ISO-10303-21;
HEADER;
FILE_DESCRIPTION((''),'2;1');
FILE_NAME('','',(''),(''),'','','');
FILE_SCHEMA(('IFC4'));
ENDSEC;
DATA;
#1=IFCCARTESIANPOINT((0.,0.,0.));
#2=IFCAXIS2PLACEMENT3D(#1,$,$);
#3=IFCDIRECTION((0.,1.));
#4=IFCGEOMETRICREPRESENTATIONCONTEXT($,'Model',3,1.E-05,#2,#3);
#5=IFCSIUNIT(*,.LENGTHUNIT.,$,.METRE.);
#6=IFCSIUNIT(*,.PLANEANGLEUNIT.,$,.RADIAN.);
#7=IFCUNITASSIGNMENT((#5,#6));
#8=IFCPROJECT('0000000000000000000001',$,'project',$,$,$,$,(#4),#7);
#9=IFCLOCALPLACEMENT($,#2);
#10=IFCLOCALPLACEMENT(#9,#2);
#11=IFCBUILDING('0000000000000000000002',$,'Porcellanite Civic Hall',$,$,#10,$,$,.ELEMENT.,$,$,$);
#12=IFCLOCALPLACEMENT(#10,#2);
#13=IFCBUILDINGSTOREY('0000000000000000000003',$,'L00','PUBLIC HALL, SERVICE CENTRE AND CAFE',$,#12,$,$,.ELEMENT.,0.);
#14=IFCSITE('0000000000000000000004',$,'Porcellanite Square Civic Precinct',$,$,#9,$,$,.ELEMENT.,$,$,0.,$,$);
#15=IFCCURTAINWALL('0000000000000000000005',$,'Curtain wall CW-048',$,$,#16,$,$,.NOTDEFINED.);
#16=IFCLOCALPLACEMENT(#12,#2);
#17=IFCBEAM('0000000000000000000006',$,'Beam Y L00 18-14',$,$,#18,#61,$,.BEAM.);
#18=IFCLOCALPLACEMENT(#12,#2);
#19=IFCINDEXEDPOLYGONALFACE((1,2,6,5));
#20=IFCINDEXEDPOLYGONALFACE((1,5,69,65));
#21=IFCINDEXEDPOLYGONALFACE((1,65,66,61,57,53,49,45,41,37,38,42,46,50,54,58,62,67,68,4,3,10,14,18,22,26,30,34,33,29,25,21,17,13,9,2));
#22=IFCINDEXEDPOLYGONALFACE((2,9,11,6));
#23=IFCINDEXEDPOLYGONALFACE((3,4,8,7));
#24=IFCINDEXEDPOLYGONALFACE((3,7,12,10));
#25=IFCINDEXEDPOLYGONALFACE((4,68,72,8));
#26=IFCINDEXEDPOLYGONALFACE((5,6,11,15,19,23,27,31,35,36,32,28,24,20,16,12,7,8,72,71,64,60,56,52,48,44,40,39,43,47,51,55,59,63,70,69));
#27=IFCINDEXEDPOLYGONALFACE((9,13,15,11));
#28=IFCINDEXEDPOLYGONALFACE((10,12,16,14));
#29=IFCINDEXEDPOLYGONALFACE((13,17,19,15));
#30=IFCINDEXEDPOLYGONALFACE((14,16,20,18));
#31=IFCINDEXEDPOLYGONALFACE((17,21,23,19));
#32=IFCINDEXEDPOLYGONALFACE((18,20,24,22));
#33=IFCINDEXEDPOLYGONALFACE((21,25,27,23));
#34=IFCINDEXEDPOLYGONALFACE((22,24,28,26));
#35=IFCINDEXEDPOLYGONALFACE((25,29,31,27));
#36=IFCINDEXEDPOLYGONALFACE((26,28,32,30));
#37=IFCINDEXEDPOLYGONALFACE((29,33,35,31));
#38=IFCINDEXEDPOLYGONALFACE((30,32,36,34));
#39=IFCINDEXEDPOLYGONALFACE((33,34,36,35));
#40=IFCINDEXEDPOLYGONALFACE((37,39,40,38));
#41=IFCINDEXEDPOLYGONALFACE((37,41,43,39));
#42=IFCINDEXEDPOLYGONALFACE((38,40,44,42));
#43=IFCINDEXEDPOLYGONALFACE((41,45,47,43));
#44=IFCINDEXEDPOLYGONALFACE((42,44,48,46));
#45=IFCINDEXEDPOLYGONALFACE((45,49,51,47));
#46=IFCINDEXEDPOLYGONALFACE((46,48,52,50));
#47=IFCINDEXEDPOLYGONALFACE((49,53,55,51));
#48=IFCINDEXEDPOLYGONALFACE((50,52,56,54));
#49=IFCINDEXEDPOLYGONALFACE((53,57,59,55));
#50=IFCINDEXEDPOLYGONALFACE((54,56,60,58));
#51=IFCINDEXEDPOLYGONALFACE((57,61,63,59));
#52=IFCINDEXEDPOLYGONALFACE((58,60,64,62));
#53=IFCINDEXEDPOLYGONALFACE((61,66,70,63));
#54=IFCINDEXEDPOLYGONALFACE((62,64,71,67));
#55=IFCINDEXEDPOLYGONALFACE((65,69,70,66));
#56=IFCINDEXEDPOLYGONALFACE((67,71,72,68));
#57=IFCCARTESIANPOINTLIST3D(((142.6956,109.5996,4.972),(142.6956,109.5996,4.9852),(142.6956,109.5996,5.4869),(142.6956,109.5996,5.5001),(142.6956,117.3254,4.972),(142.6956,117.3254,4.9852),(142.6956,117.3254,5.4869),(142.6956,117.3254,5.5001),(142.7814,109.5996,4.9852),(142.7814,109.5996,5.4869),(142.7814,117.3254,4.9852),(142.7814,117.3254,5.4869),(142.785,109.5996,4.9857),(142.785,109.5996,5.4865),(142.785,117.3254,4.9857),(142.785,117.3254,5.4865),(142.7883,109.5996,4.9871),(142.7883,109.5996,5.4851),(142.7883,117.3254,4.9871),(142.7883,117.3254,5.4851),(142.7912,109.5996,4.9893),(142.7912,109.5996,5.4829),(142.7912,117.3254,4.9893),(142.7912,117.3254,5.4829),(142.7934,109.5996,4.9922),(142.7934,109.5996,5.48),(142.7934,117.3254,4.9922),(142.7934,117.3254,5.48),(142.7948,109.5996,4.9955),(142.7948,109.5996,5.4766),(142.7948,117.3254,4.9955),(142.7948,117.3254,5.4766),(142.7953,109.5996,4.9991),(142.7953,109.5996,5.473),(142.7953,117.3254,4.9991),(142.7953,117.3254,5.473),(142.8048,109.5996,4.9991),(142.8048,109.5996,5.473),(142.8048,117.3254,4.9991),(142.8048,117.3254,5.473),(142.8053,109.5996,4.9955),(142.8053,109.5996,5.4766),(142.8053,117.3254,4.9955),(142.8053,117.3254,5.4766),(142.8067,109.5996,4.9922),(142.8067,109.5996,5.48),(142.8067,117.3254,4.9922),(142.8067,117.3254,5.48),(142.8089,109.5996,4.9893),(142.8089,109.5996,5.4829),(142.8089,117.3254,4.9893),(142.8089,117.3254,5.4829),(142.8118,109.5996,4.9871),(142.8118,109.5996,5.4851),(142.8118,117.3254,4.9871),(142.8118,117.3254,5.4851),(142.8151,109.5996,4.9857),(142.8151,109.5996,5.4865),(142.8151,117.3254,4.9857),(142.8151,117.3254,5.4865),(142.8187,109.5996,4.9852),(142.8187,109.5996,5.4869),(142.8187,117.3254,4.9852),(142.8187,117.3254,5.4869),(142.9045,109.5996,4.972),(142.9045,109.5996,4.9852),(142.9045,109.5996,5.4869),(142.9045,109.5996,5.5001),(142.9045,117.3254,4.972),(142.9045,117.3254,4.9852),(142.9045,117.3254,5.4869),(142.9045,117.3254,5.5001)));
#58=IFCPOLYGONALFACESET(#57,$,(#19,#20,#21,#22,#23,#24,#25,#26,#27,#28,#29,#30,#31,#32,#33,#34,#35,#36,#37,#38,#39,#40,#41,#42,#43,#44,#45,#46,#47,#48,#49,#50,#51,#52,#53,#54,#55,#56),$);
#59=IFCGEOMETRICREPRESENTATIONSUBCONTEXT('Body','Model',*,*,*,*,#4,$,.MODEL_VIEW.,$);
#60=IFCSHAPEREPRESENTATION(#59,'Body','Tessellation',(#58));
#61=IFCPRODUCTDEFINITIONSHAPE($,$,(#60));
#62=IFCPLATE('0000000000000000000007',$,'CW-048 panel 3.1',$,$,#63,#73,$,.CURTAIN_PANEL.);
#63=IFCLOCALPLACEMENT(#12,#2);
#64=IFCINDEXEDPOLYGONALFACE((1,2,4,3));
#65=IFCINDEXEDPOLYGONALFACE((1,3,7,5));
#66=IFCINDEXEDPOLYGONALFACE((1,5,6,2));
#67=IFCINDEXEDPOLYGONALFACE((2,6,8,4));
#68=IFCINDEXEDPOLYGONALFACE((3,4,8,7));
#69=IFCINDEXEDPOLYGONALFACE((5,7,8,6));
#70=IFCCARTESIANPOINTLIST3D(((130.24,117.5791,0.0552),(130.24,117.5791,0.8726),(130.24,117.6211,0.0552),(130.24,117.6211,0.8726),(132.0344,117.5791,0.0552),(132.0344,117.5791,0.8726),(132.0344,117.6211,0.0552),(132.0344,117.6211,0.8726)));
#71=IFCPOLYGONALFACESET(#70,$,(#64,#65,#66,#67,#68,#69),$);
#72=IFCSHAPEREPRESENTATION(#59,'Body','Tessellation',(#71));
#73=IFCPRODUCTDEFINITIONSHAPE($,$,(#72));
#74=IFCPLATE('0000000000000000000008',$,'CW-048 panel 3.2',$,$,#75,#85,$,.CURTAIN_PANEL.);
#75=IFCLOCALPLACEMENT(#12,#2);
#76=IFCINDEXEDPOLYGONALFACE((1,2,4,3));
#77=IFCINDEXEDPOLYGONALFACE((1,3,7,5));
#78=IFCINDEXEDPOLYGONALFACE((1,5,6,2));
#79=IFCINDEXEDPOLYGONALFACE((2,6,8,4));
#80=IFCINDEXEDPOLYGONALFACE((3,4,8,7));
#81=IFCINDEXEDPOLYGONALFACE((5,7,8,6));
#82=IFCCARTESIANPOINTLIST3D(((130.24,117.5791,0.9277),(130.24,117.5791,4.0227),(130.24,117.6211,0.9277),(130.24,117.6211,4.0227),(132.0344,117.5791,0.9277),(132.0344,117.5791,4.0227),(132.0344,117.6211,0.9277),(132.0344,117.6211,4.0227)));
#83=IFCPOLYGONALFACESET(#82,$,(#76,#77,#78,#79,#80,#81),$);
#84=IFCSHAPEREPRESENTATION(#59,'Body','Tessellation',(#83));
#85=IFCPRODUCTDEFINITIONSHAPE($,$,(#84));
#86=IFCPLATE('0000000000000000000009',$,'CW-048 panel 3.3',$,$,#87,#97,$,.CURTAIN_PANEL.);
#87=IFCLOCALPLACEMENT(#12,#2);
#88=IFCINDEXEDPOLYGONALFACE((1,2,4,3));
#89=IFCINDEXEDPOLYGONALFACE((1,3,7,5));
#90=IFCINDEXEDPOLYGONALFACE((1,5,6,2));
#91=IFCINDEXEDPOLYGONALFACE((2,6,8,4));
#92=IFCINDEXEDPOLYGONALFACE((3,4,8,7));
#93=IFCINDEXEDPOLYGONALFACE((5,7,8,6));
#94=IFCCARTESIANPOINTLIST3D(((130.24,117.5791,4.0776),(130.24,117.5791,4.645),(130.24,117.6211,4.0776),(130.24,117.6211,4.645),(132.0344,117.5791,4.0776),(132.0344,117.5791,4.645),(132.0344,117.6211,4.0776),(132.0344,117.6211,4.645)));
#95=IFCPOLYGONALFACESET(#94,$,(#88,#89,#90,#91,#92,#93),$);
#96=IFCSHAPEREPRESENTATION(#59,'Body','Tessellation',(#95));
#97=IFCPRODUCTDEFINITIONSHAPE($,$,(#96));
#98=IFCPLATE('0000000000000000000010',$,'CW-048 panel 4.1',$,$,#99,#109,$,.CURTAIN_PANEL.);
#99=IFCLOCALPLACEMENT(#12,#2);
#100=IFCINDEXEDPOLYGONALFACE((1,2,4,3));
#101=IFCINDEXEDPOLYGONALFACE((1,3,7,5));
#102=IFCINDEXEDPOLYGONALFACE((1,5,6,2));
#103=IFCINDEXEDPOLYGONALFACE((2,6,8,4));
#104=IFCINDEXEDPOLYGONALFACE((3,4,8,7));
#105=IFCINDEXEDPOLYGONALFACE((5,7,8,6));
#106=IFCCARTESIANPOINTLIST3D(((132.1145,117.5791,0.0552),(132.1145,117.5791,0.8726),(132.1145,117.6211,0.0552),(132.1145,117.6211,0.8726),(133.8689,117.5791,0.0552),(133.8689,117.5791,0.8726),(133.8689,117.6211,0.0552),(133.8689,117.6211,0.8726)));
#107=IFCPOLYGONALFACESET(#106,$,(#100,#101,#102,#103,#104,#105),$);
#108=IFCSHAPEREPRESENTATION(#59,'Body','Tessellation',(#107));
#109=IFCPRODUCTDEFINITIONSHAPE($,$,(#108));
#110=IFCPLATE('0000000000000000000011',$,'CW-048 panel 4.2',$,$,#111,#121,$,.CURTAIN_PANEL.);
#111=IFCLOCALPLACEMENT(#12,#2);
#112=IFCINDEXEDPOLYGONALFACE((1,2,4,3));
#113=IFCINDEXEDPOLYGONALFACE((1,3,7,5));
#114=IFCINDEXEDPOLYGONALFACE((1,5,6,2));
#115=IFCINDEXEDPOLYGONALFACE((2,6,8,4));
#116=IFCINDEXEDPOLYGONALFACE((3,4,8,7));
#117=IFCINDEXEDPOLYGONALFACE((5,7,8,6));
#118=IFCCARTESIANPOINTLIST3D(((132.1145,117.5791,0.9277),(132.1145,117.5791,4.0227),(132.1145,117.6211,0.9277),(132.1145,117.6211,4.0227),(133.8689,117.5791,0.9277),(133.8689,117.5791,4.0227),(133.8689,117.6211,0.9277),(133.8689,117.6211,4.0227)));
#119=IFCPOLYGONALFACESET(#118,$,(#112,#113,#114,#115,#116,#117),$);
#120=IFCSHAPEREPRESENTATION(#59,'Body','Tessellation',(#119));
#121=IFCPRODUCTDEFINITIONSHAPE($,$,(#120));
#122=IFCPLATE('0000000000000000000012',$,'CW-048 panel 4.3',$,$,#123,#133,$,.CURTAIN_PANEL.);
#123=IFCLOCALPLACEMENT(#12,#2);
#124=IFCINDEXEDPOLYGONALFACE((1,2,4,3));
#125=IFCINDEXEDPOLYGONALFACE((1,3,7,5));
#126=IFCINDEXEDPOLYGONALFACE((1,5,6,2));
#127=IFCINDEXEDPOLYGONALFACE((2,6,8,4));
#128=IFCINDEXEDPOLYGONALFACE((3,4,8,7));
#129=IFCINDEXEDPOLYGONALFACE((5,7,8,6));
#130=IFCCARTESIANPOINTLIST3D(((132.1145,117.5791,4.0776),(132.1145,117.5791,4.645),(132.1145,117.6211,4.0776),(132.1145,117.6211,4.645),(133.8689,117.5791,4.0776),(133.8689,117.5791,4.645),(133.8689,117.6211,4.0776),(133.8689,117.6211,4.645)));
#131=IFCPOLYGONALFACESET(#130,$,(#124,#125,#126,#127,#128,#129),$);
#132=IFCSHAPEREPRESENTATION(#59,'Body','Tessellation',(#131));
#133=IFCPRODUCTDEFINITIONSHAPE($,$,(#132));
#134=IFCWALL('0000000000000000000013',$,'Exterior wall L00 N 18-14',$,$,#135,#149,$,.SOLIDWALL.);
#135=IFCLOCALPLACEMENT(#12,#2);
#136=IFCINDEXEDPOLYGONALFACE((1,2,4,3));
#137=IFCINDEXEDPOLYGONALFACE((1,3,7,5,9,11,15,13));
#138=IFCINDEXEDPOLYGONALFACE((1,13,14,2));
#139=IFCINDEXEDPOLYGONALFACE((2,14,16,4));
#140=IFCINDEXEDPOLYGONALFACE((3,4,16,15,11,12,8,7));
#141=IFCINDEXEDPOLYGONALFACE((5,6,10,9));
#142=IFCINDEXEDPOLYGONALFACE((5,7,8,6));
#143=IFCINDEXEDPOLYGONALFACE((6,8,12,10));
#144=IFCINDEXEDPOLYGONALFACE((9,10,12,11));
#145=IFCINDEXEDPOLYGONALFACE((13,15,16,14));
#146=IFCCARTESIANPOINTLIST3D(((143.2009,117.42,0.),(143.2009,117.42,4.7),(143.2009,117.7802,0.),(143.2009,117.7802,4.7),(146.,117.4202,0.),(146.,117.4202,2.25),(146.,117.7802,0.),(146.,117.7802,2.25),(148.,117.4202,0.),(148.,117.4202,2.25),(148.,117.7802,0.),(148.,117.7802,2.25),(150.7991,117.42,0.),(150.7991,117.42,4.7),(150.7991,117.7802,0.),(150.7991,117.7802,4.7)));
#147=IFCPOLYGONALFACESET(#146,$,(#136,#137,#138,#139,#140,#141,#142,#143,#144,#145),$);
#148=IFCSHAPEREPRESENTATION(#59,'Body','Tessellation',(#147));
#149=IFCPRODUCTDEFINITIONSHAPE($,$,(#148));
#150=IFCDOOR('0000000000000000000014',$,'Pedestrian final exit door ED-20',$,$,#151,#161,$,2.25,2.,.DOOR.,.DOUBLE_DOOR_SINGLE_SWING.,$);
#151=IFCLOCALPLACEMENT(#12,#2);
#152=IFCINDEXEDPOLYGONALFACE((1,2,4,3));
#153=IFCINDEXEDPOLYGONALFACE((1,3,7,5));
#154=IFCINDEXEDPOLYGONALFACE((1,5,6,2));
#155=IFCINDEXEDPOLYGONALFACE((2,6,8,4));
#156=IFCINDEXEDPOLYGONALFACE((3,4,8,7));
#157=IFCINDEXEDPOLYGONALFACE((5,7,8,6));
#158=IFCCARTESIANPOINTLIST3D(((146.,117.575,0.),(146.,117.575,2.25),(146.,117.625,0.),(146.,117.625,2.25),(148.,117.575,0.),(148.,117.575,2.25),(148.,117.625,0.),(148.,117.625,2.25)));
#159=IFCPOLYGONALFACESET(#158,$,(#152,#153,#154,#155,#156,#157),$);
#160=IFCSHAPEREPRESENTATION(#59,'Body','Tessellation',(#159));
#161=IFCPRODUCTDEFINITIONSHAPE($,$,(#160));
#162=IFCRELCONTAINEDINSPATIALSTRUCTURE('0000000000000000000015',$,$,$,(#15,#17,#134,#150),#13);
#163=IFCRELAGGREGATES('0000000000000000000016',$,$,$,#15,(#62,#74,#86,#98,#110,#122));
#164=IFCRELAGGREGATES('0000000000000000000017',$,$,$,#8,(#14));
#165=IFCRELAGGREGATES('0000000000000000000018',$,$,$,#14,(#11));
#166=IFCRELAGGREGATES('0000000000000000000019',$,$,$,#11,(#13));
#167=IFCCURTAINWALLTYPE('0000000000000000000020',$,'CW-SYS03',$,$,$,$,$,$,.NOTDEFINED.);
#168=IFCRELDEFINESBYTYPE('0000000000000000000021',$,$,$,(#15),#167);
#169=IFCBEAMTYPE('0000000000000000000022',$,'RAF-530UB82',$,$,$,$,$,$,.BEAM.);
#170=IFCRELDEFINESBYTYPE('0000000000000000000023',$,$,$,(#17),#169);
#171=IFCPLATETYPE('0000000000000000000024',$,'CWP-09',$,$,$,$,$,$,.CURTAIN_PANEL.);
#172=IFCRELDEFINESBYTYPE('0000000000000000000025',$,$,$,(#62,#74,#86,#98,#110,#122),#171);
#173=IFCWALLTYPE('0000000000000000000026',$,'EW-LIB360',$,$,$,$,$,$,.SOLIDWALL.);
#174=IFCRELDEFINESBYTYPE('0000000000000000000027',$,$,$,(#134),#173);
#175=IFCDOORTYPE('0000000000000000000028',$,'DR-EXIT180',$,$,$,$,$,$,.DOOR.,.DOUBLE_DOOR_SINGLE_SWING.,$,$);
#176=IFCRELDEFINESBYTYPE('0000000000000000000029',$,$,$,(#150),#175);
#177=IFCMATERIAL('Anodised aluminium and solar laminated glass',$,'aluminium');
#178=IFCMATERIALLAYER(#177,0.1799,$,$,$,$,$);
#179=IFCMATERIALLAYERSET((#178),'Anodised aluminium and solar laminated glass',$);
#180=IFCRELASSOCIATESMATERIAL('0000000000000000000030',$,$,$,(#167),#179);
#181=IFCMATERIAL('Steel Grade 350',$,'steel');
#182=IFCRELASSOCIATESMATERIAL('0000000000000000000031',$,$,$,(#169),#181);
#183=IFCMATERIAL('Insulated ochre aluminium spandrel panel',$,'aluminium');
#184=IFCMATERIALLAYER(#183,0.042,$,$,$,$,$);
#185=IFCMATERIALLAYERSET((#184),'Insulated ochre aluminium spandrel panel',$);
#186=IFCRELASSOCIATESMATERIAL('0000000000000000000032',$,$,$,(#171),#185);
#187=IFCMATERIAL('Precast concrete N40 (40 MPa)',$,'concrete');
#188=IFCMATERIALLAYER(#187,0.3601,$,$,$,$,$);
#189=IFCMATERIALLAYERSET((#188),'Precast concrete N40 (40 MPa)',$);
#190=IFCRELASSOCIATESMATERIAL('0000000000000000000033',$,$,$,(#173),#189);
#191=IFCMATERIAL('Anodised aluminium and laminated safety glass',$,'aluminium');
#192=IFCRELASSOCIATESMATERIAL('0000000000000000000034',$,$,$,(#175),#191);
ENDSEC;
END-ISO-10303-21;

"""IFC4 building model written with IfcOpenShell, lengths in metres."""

from ifc_helpers import new_model, si_unit, direction, frame, frame_2d, origin, origin_2d, place, context, subcontext, project, spatial, rectangle, i_section, extrude, material, layer, layer_set, material_profile, profile_set, type_object, element, fill, aggregate, save


model = new_model("IFC4")

# Units and contexts
model_context = context("Model", 3, precision=1e-05, world=origin(), true_north=direction((0.0, 1.0)))
body_context = subcontext(model_context, "Body", "Model", "MODEL_VIEW")
ifc_project = project(units=[si_unit("LENGTHUNIT", "METRE"), si_unit("PLANEANGLEUNIT", "RADIAN")], contexts=[model_context])

# Site, building, storey
site_placement = place(None, origin())
site = spatial("IfcSite", under=ifc_project, at=site_placement, Name="Porcellanite Square Civic Precinct", CompositionType="ELEMENT", RefElevation=0.0)
building_placement = place(site_placement, origin())
building = spatial("IfcBuilding", under=site, at=building_placement, Name="Porcellanite Civic Hall", CompositionType="ELEMENT")
storey_placement = place(building_placement, origin())
storey = spatial("IfcBuildingStorey", under=building, at=storey_placement, Name="L00", Description="PUBLIC HALL, SERVICE CENTRE AND CAFE", CompositionType="ELEMENT", Elevation=0.0)

# Curtain wall
ifc_material_1 = material(Name="Anodised aluminium and solar laminated glass", Category="aluminium")
ifc_layer_1 = layer(ifc_material_1, 0.1799)
ifc_layer_set_1 = layer_set([ifc_layer_1], Name="Anodised aluminium and solar laminated glass")
curtain_wall_type = type_object("IfcCurtainWallType", Name="CW-SYS03", PredefinedType="NOTDEFINED", material=ifc_layer_set_1)
curtain_wall_placement = place(storey_placement, origin())
curtain_wall = element("IfcCurtainWall", 1, at=curtain_wall_placement, inside=storey, type_object=curtain_wall_type, Name="Curtain wall CW-048", PredefinedType="NOTDEFINED")

# Beam
ifc_material_2 = material(Name="Steel Grade 350", Category="steel")
ifc_material_profile_1 = material_profile(ifc_material_2, i_section(OverallWidth=0.209, OverallDepth=0.5281, WebThickness=0.0095, FlangeThickness=0.0132, FilletRadius=0.0139, at=origin_2d()), Name="530UB82.0")
ifc_profile_set_1 = profile_set([ifc_material_profile_1], Name="Steel Grade 350")
beam_type_1 = type_object("IfcBeamType", Name="RAF-530UB82", PredefinedType="BEAM", material=ifc_profile_set_1)
beam_1_placement = place(storey_placement, frame((142.8, 109.5996, 5.2361), z_axis=(0.0, 1.0, 0.0), x_axis=(-1.0, 0.0, 0.0)))
element("IfcBeam", 2, at=beam_1_placement, inside=storey, type_object=beam_type_1, Name="Beam Y L00 18-14", PredefinedType="BEAM", context=body_context, shape_type="SweptSolid", body=[
    extrude(i_section(OverallWidth=0.209, OverallDepth=0.5281, WebThickness=0.0095, FlangeThickness=0.0132, FilletRadius=0.0139, at=origin_2d()), origin(), (0.0, 0.0, 1.0), 7.7258),
])

# Plates
ifc_material_3 = material(Name="Insulated ochre aluminium spandrel panel", Category="aluminium")
ifc_layer_2 = layer(ifc_material_3, 0.042)
ifc_layer_set_2 = layer_set([ifc_layer_2], Name="Insulated ochre aluminium spandrel panel")
plate_type = type_object("IfcPlateType", Name="CWP-09", PredefinedType="CURTAIN_PANEL", material=ifc_layer_set_2)
plate_1_placement = place(storey_placement, frame((131.1372, 117.6001, 0.0552), z_axis=(0.0, 0.0, 1.0), x_axis=(1.0, 0.0, 0.0)))
plate_1 = element("IfcPlate", 3, at=plate_1_placement, type_object=plate_type, Name="CW-048 panel 3.1", PredefinedType="CURTAIN_PANEL", context=body_context, shape_type="SweptSolid", body=[
    extrude(rectangle(XDim=1.7944, YDim=0.042, at=origin_2d()), origin(), (0.0, 0.0, 1.0), 0.8174),
])
plate_2_placement = place(storey_placement, frame((131.1372, 117.6001, 0.9277), z_axis=(0.0, 0.0, 1.0), x_axis=(1.0, 0.0, 0.0)))
plate_2 = element("IfcPlate", 4, at=plate_2_placement, type_object=plate_type, Name="CW-048 panel 3.2", PredefinedType="CURTAIN_PANEL", context=body_context, shape_type="SweptSolid", body=[
    extrude(rectangle(XDim=1.7944, YDim=0.042, at=origin_2d()), origin(), (0.0, 0.0, 1.0), 3.095),
])
plate_3_placement = place(storey_placement, frame((131.1372, 117.6001, 4.0776), z_axis=(0.0, 0.0, 1.0), x_axis=(1.0, 0.0, 0.0)))
plate_3 = element("IfcPlate", 5, at=plate_3_placement, type_object=plate_type, Name="CW-048 panel 3.3", PredefinedType="CURTAIN_PANEL", context=body_context, shape_type="SweptSolid", body=[
    extrude(rectangle(XDim=1.7944, YDim=0.042, at=origin_2d()), origin(), (0.0, 0.0, 1.0), 0.5674),
])
plate_4_placement = place(storey_placement, frame((132.9917, 117.6001, 0.0552), z_axis=(0.0, 0.0, 1.0), x_axis=(1.0, 0.0, 0.0)))
plate_4 = element("IfcPlate", 6, at=plate_4_placement, type_object=plate_type, Name="CW-048 panel 4.1", PredefinedType="CURTAIN_PANEL", context=body_context, shape_type="SweptSolid", body=[
    extrude(rectangle(XDim=1.7544, YDim=0.042, at=origin_2d()), origin(), (0.0, 0.0, 1.0), 0.8174),
])
plate_5_placement = place(storey_placement, frame((132.9917, 117.6001, 0.9277), z_axis=(0.0, 0.0, 1.0), x_axis=(1.0, 0.0, 0.0)))
plate_5 = element("IfcPlate", 7, at=plate_5_placement, type_object=plate_type, Name="CW-048 panel 4.2", PredefinedType="CURTAIN_PANEL", context=body_context, shape_type="SweptSolid", body=[
    extrude(rectangle(XDim=1.7544, YDim=0.042, at=origin_2d()), origin(), (0.0, 0.0, 1.0), 3.095),
])
plate_6_placement = place(storey_placement, frame((132.9917, 117.6001, 4.0776), z_axis=(0.0, 0.0, 1.0), x_axis=(1.0, 0.0, 0.0)))
plate_6 = element("IfcPlate", 8, at=plate_6_placement, type_object=plate_type, Name="CW-048 panel 4.3", PredefinedType="CURTAIN_PANEL", context=body_context, shape_type="SweptSolid", body=[
    extrude(rectangle(XDim=1.7544, YDim=0.042, at=origin_2d()), origin(), (0.0, 0.0, 1.0), 0.5674),
])
aggregate(curtain_wall, [plate_1, plate_2, plate_3, plate_4, plate_5, plate_6])

# Wall, opening, door
ifc_material_4 = material(Name="Precast concrete N40 (40 MPa)", Category="concrete")
ifc_layer_3 = layer(ifc_material_4, 0.3601)
ifc_layer_set_3 = layer_set([ifc_layer_3], Name="Precast concrete N40 (40 MPa)")
wall_type_1 = type_object("IfcWallType", Name="EW-LIB360", PredefinedType="SOLIDWALL", material=ifc_layer_set_3)
wall_1_placement = place(storey_placement, frame((143.2009, 117.6001, 0.0), z_axis=(0.0, 0.0, 1.0), x_axis=(1.0, 0.0, 0.0)))
wall_1 = element("IfcWall", 9, at=wall_1_placement, inside=storey, type_object=wall_type_1, Name="Exterior wall L00 N 18-14", PredefinedType="SOLIDWALL", context=body_context, shape_type="SweptSolid", body=[
    extrude(rectangle(XDim=7.5981, YDim=0.3601, at=frame_2d((3.7991, 0.0))), origin(), (0.0, 0.0, 1.0), 4.7),
])
opening_1_placement = place(wall_1_placement, frame((2.7991, 0.0, 0.0)))
opening_1 = element("IfcOpeningElement", 10, at=opening_1_placement, cuts=wall_1, PredefinedType="OPENING", context=body_context, shape_type="SweptSolid", body=[
    extrude(rectangle(XDim=2.0, YDim=2.25, at=frame_2d((1.0, 1.125))), frame((0.0, 0.1802, 0.0), z_axis=(0.0, -1.0, 0.0), x_axis=(1.0, 0.0, 0.0)), (0.0, 0.0, 1.0), 0.3601),
])
ifc_material_5 = material(Name="Anodised aluminium and laminated safety glass", Category="aluminium")
door_type_1 = type_object("IfcDoorType", Name="DR-EXIT180", OperationType="DOUBLE_DOOR_SINGLE_SWING", PredefinedType="DOOR", material=ifc_material_5)
door_1_placement = place(opening_1_placement, origin())
door_1 = element("IfcDoor", 11, at=door_1_placement, inside=storey, type_object=door_type_1, Name="Pedestrian final exit door ED-20", OperationType="DOUBLE_DOOR_SINGLE_SWING", OverallHeight=2.25, OverallWidth=2.0, PredefinedType="DOOR", context=body_context, shape_type="SweptSolid", body=[
    extrude(rectangle(XDim=2.0, YDim=2.25, at=frame_2d((1.0, 1.125))), frame((0.0, 0.0249, 0.0), z_axis=(0.0, -1.0, 0.0), x_axis=(1.0, 0.0, 0.0)), (0.0, 0.0, 1.0), 0.05),
])
fill(opening_1, door_1)

save(model, "model.ifc")
